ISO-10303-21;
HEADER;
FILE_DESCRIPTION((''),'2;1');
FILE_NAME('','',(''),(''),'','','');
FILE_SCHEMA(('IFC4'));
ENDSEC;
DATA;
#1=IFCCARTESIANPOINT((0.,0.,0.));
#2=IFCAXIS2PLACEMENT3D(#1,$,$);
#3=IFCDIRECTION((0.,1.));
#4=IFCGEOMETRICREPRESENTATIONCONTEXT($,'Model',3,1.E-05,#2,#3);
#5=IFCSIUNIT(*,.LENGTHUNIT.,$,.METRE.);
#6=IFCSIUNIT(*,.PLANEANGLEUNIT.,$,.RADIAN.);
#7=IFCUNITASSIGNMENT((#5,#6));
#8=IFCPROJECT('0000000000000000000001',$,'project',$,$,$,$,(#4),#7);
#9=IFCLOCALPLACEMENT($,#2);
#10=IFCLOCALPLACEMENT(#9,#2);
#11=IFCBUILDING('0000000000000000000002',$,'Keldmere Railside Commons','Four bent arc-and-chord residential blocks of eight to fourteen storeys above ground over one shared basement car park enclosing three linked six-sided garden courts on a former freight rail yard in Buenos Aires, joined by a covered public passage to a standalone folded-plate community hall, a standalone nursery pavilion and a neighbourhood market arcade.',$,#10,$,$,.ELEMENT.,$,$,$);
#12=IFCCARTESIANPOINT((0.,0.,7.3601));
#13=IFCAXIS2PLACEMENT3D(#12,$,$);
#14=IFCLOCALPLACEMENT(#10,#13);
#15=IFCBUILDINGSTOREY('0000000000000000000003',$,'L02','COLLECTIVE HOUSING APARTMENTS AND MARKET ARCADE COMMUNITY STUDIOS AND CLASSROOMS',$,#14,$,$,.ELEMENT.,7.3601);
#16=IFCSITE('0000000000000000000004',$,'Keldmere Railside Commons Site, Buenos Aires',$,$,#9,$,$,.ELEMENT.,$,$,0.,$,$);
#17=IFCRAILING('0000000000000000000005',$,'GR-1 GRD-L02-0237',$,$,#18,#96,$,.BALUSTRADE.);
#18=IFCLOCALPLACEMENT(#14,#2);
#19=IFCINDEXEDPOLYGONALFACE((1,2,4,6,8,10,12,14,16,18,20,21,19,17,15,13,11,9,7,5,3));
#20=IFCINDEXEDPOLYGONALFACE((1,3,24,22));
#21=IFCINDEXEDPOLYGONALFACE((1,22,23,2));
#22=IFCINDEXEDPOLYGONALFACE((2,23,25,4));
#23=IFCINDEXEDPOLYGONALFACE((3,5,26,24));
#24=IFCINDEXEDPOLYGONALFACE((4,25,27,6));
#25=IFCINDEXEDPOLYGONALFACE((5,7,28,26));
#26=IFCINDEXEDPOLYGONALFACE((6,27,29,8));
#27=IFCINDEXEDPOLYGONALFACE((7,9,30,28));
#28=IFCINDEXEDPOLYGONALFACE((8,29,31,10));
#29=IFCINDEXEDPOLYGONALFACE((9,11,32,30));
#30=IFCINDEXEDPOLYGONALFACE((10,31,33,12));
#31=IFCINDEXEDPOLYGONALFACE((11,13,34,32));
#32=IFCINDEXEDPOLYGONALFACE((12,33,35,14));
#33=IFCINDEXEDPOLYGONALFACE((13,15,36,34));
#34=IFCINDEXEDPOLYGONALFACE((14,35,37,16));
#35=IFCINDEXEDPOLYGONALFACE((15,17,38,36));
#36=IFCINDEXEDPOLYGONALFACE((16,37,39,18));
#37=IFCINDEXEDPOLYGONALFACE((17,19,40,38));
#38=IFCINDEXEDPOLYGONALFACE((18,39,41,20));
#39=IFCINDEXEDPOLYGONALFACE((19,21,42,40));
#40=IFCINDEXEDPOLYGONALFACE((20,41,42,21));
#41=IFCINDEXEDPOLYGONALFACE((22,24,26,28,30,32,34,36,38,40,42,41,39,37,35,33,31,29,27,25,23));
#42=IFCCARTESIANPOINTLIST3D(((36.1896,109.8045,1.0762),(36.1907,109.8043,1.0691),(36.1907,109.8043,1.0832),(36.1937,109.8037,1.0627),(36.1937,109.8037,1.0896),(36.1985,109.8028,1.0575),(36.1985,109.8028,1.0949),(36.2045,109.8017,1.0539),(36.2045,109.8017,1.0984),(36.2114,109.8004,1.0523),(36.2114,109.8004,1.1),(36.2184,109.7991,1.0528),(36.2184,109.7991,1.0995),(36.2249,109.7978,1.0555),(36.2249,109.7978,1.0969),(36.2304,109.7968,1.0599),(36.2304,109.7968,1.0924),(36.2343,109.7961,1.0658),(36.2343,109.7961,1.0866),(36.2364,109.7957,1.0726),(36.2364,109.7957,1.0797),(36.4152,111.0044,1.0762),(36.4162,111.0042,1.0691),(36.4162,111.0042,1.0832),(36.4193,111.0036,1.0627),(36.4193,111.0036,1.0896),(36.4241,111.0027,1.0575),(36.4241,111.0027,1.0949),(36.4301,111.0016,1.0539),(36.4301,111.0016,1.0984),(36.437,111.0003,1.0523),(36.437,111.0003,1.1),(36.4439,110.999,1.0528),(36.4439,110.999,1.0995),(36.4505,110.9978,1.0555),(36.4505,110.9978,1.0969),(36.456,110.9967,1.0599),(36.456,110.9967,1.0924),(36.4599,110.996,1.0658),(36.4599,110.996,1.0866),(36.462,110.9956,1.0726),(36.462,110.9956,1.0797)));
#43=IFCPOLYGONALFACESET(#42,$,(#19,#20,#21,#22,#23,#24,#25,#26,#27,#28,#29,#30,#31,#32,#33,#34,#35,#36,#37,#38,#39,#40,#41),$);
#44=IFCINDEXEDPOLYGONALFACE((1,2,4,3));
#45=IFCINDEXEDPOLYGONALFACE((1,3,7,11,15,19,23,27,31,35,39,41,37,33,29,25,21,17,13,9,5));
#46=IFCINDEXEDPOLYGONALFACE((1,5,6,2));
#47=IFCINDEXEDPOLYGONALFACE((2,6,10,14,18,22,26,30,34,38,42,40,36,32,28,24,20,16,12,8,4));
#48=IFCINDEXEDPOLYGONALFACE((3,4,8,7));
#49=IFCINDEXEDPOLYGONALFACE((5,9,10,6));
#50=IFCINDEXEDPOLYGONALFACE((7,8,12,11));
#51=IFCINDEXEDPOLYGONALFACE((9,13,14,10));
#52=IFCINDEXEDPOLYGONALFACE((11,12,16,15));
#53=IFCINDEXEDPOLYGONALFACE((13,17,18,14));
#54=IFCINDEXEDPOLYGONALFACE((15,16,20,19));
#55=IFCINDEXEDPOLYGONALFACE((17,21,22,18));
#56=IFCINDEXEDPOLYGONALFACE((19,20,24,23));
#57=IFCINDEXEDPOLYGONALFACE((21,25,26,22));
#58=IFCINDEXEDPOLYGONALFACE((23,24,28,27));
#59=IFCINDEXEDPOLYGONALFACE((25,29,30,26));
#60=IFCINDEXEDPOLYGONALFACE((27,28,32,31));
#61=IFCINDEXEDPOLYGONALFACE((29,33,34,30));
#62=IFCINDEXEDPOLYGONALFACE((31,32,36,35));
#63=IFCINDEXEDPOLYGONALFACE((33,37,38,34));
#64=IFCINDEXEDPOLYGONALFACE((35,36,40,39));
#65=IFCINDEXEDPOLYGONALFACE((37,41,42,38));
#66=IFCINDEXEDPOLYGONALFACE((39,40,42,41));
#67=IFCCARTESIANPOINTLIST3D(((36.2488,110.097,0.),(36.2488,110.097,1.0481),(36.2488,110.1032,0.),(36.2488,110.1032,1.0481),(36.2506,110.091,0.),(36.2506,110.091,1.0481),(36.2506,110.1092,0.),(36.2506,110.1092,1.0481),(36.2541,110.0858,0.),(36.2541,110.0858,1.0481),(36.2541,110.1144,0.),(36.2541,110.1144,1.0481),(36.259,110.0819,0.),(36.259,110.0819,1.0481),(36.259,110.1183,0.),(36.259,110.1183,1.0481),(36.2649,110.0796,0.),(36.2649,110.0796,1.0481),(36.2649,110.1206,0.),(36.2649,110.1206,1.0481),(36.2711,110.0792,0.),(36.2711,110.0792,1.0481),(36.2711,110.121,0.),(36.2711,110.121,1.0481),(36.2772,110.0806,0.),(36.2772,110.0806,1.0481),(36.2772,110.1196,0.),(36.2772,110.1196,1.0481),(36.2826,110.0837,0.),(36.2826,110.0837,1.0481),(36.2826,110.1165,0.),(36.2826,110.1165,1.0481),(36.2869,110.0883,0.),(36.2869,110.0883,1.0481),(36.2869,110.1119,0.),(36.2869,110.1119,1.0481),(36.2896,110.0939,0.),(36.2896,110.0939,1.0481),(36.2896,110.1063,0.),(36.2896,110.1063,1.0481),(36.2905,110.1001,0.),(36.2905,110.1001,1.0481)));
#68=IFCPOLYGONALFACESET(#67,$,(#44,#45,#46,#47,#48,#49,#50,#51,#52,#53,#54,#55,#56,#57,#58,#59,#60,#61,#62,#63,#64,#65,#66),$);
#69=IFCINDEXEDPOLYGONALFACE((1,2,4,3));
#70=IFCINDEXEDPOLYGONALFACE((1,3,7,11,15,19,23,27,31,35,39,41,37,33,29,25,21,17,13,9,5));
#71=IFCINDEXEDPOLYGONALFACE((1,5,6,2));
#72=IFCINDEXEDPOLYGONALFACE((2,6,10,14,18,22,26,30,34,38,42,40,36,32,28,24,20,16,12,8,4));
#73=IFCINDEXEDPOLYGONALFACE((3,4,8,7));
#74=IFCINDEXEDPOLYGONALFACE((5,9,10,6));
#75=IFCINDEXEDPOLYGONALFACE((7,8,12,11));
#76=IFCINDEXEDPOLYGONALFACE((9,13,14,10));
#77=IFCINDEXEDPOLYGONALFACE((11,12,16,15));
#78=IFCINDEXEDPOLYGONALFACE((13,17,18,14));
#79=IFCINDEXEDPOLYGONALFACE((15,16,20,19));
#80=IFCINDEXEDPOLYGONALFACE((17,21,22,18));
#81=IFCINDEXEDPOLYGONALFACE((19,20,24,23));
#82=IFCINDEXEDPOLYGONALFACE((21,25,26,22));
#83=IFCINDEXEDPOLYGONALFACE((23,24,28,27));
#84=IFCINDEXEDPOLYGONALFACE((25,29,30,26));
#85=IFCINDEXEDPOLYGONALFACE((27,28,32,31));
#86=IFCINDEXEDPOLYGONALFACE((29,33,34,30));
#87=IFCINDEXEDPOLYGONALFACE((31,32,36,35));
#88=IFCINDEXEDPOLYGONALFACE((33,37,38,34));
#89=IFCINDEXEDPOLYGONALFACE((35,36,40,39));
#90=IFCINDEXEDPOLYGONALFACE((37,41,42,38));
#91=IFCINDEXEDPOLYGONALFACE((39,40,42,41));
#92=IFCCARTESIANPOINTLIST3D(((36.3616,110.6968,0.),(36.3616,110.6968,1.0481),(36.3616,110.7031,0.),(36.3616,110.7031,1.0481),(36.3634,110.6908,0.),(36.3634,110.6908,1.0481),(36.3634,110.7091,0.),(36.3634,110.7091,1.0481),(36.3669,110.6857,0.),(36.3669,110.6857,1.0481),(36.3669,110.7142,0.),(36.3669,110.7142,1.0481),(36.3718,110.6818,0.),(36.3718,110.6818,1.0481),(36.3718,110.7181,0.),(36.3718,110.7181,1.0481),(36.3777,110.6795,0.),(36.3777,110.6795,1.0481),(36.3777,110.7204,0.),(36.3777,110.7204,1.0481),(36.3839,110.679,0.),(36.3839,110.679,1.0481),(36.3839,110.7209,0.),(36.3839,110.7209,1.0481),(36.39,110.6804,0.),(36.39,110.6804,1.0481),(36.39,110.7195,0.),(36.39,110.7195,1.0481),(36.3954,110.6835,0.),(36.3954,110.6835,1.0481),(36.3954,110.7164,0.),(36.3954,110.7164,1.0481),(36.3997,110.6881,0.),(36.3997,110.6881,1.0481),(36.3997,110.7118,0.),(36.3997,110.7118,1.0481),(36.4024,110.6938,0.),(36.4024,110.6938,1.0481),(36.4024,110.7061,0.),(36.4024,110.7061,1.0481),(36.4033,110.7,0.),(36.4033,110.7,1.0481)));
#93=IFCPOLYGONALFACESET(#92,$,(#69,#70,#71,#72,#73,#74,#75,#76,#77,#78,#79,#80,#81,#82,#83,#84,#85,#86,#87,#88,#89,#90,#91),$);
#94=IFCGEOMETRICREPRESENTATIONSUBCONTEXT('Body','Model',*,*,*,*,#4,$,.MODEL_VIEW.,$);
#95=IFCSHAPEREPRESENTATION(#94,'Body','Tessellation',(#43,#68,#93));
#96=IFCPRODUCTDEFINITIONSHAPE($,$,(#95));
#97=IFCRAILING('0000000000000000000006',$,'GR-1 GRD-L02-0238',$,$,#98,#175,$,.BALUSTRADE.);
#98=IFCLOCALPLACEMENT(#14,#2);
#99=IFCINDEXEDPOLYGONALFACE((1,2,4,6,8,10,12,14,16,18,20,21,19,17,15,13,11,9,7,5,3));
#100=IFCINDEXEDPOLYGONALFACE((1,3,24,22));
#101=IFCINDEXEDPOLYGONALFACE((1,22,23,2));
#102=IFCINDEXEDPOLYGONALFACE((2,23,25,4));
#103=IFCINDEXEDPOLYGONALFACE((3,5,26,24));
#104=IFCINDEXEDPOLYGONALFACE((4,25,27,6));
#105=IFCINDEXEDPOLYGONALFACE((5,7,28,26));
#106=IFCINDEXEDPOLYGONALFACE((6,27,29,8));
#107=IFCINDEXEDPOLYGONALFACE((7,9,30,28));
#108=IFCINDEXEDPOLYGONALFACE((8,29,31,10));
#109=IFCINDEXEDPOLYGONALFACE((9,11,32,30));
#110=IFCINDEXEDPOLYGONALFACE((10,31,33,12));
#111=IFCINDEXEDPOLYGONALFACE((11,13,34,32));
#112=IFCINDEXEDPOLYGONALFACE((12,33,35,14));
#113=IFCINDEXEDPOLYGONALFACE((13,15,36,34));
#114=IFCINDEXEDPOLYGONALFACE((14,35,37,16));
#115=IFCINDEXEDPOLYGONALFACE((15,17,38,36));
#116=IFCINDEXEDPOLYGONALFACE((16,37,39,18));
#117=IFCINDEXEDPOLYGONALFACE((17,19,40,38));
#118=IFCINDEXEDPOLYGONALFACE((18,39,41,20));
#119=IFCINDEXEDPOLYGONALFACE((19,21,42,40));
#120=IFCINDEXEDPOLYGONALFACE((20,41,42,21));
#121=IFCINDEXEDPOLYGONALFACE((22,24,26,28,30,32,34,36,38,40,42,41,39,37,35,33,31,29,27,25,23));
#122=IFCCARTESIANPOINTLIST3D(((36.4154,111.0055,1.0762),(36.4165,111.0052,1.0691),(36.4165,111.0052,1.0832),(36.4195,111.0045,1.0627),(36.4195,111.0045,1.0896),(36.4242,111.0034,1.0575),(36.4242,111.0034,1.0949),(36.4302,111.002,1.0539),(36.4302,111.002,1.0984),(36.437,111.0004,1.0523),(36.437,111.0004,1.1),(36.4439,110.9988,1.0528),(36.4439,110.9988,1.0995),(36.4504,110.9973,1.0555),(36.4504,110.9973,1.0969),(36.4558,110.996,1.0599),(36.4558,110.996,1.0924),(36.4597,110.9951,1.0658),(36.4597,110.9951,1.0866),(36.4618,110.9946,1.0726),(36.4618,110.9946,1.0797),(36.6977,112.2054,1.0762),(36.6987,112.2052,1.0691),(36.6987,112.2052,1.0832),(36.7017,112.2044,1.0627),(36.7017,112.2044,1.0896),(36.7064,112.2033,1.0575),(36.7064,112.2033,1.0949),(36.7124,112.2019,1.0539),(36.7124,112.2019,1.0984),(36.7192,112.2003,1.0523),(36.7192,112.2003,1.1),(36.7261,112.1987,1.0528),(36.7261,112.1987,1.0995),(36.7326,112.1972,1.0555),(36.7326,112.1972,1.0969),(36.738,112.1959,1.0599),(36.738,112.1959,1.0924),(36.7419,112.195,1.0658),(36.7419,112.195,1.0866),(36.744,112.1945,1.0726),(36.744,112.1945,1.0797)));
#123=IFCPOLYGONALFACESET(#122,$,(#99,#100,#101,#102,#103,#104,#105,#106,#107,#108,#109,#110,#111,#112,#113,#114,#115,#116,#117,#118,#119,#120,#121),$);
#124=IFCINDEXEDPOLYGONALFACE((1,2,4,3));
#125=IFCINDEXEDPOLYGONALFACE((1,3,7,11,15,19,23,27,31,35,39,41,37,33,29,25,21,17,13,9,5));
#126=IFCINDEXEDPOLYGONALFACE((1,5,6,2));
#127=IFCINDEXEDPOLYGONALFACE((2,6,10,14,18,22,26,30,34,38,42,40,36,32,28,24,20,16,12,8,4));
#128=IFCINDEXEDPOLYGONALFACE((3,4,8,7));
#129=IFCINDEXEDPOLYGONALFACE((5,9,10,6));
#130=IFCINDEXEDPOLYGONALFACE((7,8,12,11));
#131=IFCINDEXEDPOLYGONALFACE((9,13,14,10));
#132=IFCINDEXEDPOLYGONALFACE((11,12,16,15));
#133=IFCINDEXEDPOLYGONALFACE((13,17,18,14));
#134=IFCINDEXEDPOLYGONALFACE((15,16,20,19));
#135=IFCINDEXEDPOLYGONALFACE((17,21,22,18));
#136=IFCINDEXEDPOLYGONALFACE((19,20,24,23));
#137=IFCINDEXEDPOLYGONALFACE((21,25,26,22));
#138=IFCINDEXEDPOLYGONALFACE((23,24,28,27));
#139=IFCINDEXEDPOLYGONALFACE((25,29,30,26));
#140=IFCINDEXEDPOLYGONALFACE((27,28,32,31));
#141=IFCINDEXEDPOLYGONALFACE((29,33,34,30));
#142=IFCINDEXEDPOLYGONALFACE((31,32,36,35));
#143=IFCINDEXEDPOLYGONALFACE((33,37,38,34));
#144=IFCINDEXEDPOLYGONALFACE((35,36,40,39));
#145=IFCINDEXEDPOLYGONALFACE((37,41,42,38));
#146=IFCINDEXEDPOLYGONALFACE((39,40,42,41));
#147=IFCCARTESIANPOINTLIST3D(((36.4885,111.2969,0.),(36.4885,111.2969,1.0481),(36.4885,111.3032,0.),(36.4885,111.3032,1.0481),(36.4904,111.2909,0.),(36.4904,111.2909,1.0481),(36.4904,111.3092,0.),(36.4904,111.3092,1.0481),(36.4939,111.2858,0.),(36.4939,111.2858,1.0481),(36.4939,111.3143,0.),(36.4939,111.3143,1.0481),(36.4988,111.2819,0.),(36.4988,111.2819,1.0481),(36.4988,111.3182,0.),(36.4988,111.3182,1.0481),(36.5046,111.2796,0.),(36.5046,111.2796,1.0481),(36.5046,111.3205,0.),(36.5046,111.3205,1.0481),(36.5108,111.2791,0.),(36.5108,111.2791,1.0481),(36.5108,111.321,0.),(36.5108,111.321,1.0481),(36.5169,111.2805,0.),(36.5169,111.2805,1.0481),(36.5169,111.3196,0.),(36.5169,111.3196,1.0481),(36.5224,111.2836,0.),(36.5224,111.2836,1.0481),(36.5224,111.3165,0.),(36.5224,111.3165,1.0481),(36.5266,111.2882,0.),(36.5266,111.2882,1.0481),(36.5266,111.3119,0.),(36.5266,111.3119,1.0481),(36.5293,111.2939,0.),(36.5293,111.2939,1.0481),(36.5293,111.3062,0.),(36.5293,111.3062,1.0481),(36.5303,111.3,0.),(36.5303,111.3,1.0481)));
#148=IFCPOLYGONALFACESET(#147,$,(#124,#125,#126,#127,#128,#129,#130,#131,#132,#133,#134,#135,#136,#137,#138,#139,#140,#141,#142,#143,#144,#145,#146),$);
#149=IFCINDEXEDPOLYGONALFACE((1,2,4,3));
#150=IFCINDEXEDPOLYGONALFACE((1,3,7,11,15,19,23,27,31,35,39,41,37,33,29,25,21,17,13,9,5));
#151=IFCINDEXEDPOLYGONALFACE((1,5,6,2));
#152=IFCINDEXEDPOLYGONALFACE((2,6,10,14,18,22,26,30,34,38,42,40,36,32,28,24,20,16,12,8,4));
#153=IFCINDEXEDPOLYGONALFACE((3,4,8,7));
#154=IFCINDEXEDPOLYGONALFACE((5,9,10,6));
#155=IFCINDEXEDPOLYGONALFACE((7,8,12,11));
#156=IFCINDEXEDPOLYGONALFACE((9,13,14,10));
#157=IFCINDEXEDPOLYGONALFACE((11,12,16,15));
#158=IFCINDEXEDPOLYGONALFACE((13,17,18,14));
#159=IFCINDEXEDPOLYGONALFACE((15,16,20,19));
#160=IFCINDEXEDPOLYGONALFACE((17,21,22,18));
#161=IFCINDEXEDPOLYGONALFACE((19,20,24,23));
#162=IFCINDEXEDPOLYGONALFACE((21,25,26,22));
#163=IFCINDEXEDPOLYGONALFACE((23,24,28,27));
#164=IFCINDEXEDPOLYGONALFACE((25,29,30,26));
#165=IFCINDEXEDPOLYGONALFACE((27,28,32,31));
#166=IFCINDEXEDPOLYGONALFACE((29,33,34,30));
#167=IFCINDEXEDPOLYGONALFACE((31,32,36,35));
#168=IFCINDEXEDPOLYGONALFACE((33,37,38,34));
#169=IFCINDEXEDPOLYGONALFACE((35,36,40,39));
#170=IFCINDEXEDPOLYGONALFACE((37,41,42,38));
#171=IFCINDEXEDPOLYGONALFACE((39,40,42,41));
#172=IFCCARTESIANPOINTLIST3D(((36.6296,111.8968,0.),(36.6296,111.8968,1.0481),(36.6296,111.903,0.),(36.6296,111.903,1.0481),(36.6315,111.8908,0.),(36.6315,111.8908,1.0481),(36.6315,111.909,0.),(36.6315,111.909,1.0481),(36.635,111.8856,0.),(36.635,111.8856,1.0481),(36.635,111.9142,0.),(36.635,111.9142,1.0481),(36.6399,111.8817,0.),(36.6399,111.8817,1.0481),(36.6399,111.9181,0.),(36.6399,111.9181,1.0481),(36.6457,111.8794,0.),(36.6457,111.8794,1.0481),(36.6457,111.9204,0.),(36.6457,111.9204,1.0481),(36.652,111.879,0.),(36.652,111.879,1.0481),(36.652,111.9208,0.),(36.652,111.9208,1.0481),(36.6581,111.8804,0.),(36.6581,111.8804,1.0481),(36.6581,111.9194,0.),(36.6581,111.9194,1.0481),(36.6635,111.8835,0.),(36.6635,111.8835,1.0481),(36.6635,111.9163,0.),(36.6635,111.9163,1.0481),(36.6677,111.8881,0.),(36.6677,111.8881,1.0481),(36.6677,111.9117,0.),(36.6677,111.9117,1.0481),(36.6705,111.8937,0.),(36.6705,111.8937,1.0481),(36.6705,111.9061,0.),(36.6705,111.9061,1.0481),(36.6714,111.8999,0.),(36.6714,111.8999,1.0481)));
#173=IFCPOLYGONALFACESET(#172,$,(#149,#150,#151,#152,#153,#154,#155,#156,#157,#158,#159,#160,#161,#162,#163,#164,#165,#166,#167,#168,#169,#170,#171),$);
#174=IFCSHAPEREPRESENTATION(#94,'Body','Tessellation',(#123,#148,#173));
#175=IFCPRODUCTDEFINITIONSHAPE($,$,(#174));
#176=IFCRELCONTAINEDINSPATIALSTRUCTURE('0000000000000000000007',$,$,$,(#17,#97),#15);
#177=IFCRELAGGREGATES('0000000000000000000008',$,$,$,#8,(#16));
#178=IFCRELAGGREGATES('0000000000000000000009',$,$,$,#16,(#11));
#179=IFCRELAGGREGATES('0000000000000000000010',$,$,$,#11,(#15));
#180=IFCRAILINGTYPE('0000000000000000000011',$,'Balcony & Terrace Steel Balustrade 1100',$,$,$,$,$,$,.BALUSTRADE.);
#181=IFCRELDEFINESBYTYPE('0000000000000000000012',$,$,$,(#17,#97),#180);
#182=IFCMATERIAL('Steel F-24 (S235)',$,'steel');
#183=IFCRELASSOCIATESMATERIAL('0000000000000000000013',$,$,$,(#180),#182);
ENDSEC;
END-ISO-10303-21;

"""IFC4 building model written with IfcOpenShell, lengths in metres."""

from ifc_helpers import new_model, si_unit, direction, frame, origin, origin_2d, place, context, subcontext, project, spatial, circle, extrude, material, type_object, element, save


model = new_model("IFC4")

# Units and contexts
model_context = context("Model", 3, precision=1e-05, world=origin(), true_north=direction((0.0, 1.0)))
body_context = subcontext(model_context, "Body", "Model", "MODEL_VIEW")
ifc_project = project(units=[si_unit("LENGTHUNIT", "METRE"), si_unit("PLANEANGLEUNIT", "RADIAN")], contexts=[model_context])

# Site, building, storey
site_placement = place(None, origin())
site = spatial("IfcSite", under=ifc_project, at=site_placement, Name="Keldmere Railside Commons Site, Buenos Aires", CompositionType="ELEMENT", RefElevation=0.0)
building_placement = place(site_placement, origin())
building = spatial("IfcBuilding", under=site, at=building_placement, Name="Keldmere Railside Commons", Description="Four bent arc-and-chord residential blocks of eight to fourteen storeys above ground over one shared basement car park enclosing three linked six-sided garden courts on a former freight rail yard in Buenos Aires, joined by a covered public passage to a standalone folded-plate community hall, a standalone nursery pavilion and a neighbourhood market arcade.", CompositionType="ELEMENT")
storey_placement = place(building_placement, frame((0.0, 0.0, 7.3601)))
storey = spatial("IfcBuildingStorey", under=building, at=storey_placement, Name="L02", Description="COLLECTIVE HOUSING APARTMENTS AND MARKET ARCADE COMMUNITY STUDIOS AND CLASSROOMS", CompositionType="ELEMENT", Elevation=7.3601)

# Railings
ifc_material_1 = material(Name="Steel F-24 (S235)", Category="steel")
railing_type = type_object("IfcRailingType", Name="Balcony & Terrace Steel Balustrade 1100", PredefinedType="BALUSTRADE", material=ifc_material_1)
railing_1_placement = place(storey_placement, frame((36.2131, 109.8, 0.0)))
element("IfcRailing", 1, at=railing_1_placement, inside=storey, type_object=railing_type, Name="GR-1 GRD-L02-0237", PredefinedType="BALUSTRADE", context=body_context, shape_type="SweptSolid", body=[
    extrude(circle(Radius=0.0239, at=origin_2d()), frame((0.0, 0.0, 1.0762), z_axis=(0.184759, 0.982784, 0.0), x_axis=(-0.982784, 0.184759, 0.0)), (0.0, 0.0, 1.0), 1.2209),
    extrude(circle(Radius=0.021, at=origin_2d()), frame((0.0564, 0.3, 0.0)), (0.0, 0.0, 1.0), 1.0481),
    extrude(circle(Radius=0.021, at=origin_2d()), frame((0.1692, 0.8999, 0.0)), (0.0, 0.0, 1.0), 1.0481),
])
railing_2_placement = place(storey_placement, frame((36.4387, 111.0, 0.0)))
element("IfcRailing", 2, at=railing_2_placement, inside=storey, type_object=railing_type, Name="GR-1 GRD-L02-0238", PredefinedType="BALUSTRADE", context=body_context, shape_type="SweptSolid", body=[
    extrude(circle(Radius=0.0239, at=origin_2d()), frame((0.0, 0.0, 1.0762), z_axis=(0.228951, 0.973438, 0.0), x_axis=(-0.973438, 0.228951, 0.0)), (0.0, 0.0, 1.0), 1.2327),
    extrude(circle(Radius=0.021, at=origin_2d()), frame((0.0706, 0.3, 0.0)), (0.0, 0.0, 1.0), 1.0481),
    extrude(circle(Radius=0.021, at=origin_2d()), frame((0.2117, 0.8999, 0.0)), (0.0, 0.0, 1.0), 1.0481),
])

save(model, "model.ifc")
